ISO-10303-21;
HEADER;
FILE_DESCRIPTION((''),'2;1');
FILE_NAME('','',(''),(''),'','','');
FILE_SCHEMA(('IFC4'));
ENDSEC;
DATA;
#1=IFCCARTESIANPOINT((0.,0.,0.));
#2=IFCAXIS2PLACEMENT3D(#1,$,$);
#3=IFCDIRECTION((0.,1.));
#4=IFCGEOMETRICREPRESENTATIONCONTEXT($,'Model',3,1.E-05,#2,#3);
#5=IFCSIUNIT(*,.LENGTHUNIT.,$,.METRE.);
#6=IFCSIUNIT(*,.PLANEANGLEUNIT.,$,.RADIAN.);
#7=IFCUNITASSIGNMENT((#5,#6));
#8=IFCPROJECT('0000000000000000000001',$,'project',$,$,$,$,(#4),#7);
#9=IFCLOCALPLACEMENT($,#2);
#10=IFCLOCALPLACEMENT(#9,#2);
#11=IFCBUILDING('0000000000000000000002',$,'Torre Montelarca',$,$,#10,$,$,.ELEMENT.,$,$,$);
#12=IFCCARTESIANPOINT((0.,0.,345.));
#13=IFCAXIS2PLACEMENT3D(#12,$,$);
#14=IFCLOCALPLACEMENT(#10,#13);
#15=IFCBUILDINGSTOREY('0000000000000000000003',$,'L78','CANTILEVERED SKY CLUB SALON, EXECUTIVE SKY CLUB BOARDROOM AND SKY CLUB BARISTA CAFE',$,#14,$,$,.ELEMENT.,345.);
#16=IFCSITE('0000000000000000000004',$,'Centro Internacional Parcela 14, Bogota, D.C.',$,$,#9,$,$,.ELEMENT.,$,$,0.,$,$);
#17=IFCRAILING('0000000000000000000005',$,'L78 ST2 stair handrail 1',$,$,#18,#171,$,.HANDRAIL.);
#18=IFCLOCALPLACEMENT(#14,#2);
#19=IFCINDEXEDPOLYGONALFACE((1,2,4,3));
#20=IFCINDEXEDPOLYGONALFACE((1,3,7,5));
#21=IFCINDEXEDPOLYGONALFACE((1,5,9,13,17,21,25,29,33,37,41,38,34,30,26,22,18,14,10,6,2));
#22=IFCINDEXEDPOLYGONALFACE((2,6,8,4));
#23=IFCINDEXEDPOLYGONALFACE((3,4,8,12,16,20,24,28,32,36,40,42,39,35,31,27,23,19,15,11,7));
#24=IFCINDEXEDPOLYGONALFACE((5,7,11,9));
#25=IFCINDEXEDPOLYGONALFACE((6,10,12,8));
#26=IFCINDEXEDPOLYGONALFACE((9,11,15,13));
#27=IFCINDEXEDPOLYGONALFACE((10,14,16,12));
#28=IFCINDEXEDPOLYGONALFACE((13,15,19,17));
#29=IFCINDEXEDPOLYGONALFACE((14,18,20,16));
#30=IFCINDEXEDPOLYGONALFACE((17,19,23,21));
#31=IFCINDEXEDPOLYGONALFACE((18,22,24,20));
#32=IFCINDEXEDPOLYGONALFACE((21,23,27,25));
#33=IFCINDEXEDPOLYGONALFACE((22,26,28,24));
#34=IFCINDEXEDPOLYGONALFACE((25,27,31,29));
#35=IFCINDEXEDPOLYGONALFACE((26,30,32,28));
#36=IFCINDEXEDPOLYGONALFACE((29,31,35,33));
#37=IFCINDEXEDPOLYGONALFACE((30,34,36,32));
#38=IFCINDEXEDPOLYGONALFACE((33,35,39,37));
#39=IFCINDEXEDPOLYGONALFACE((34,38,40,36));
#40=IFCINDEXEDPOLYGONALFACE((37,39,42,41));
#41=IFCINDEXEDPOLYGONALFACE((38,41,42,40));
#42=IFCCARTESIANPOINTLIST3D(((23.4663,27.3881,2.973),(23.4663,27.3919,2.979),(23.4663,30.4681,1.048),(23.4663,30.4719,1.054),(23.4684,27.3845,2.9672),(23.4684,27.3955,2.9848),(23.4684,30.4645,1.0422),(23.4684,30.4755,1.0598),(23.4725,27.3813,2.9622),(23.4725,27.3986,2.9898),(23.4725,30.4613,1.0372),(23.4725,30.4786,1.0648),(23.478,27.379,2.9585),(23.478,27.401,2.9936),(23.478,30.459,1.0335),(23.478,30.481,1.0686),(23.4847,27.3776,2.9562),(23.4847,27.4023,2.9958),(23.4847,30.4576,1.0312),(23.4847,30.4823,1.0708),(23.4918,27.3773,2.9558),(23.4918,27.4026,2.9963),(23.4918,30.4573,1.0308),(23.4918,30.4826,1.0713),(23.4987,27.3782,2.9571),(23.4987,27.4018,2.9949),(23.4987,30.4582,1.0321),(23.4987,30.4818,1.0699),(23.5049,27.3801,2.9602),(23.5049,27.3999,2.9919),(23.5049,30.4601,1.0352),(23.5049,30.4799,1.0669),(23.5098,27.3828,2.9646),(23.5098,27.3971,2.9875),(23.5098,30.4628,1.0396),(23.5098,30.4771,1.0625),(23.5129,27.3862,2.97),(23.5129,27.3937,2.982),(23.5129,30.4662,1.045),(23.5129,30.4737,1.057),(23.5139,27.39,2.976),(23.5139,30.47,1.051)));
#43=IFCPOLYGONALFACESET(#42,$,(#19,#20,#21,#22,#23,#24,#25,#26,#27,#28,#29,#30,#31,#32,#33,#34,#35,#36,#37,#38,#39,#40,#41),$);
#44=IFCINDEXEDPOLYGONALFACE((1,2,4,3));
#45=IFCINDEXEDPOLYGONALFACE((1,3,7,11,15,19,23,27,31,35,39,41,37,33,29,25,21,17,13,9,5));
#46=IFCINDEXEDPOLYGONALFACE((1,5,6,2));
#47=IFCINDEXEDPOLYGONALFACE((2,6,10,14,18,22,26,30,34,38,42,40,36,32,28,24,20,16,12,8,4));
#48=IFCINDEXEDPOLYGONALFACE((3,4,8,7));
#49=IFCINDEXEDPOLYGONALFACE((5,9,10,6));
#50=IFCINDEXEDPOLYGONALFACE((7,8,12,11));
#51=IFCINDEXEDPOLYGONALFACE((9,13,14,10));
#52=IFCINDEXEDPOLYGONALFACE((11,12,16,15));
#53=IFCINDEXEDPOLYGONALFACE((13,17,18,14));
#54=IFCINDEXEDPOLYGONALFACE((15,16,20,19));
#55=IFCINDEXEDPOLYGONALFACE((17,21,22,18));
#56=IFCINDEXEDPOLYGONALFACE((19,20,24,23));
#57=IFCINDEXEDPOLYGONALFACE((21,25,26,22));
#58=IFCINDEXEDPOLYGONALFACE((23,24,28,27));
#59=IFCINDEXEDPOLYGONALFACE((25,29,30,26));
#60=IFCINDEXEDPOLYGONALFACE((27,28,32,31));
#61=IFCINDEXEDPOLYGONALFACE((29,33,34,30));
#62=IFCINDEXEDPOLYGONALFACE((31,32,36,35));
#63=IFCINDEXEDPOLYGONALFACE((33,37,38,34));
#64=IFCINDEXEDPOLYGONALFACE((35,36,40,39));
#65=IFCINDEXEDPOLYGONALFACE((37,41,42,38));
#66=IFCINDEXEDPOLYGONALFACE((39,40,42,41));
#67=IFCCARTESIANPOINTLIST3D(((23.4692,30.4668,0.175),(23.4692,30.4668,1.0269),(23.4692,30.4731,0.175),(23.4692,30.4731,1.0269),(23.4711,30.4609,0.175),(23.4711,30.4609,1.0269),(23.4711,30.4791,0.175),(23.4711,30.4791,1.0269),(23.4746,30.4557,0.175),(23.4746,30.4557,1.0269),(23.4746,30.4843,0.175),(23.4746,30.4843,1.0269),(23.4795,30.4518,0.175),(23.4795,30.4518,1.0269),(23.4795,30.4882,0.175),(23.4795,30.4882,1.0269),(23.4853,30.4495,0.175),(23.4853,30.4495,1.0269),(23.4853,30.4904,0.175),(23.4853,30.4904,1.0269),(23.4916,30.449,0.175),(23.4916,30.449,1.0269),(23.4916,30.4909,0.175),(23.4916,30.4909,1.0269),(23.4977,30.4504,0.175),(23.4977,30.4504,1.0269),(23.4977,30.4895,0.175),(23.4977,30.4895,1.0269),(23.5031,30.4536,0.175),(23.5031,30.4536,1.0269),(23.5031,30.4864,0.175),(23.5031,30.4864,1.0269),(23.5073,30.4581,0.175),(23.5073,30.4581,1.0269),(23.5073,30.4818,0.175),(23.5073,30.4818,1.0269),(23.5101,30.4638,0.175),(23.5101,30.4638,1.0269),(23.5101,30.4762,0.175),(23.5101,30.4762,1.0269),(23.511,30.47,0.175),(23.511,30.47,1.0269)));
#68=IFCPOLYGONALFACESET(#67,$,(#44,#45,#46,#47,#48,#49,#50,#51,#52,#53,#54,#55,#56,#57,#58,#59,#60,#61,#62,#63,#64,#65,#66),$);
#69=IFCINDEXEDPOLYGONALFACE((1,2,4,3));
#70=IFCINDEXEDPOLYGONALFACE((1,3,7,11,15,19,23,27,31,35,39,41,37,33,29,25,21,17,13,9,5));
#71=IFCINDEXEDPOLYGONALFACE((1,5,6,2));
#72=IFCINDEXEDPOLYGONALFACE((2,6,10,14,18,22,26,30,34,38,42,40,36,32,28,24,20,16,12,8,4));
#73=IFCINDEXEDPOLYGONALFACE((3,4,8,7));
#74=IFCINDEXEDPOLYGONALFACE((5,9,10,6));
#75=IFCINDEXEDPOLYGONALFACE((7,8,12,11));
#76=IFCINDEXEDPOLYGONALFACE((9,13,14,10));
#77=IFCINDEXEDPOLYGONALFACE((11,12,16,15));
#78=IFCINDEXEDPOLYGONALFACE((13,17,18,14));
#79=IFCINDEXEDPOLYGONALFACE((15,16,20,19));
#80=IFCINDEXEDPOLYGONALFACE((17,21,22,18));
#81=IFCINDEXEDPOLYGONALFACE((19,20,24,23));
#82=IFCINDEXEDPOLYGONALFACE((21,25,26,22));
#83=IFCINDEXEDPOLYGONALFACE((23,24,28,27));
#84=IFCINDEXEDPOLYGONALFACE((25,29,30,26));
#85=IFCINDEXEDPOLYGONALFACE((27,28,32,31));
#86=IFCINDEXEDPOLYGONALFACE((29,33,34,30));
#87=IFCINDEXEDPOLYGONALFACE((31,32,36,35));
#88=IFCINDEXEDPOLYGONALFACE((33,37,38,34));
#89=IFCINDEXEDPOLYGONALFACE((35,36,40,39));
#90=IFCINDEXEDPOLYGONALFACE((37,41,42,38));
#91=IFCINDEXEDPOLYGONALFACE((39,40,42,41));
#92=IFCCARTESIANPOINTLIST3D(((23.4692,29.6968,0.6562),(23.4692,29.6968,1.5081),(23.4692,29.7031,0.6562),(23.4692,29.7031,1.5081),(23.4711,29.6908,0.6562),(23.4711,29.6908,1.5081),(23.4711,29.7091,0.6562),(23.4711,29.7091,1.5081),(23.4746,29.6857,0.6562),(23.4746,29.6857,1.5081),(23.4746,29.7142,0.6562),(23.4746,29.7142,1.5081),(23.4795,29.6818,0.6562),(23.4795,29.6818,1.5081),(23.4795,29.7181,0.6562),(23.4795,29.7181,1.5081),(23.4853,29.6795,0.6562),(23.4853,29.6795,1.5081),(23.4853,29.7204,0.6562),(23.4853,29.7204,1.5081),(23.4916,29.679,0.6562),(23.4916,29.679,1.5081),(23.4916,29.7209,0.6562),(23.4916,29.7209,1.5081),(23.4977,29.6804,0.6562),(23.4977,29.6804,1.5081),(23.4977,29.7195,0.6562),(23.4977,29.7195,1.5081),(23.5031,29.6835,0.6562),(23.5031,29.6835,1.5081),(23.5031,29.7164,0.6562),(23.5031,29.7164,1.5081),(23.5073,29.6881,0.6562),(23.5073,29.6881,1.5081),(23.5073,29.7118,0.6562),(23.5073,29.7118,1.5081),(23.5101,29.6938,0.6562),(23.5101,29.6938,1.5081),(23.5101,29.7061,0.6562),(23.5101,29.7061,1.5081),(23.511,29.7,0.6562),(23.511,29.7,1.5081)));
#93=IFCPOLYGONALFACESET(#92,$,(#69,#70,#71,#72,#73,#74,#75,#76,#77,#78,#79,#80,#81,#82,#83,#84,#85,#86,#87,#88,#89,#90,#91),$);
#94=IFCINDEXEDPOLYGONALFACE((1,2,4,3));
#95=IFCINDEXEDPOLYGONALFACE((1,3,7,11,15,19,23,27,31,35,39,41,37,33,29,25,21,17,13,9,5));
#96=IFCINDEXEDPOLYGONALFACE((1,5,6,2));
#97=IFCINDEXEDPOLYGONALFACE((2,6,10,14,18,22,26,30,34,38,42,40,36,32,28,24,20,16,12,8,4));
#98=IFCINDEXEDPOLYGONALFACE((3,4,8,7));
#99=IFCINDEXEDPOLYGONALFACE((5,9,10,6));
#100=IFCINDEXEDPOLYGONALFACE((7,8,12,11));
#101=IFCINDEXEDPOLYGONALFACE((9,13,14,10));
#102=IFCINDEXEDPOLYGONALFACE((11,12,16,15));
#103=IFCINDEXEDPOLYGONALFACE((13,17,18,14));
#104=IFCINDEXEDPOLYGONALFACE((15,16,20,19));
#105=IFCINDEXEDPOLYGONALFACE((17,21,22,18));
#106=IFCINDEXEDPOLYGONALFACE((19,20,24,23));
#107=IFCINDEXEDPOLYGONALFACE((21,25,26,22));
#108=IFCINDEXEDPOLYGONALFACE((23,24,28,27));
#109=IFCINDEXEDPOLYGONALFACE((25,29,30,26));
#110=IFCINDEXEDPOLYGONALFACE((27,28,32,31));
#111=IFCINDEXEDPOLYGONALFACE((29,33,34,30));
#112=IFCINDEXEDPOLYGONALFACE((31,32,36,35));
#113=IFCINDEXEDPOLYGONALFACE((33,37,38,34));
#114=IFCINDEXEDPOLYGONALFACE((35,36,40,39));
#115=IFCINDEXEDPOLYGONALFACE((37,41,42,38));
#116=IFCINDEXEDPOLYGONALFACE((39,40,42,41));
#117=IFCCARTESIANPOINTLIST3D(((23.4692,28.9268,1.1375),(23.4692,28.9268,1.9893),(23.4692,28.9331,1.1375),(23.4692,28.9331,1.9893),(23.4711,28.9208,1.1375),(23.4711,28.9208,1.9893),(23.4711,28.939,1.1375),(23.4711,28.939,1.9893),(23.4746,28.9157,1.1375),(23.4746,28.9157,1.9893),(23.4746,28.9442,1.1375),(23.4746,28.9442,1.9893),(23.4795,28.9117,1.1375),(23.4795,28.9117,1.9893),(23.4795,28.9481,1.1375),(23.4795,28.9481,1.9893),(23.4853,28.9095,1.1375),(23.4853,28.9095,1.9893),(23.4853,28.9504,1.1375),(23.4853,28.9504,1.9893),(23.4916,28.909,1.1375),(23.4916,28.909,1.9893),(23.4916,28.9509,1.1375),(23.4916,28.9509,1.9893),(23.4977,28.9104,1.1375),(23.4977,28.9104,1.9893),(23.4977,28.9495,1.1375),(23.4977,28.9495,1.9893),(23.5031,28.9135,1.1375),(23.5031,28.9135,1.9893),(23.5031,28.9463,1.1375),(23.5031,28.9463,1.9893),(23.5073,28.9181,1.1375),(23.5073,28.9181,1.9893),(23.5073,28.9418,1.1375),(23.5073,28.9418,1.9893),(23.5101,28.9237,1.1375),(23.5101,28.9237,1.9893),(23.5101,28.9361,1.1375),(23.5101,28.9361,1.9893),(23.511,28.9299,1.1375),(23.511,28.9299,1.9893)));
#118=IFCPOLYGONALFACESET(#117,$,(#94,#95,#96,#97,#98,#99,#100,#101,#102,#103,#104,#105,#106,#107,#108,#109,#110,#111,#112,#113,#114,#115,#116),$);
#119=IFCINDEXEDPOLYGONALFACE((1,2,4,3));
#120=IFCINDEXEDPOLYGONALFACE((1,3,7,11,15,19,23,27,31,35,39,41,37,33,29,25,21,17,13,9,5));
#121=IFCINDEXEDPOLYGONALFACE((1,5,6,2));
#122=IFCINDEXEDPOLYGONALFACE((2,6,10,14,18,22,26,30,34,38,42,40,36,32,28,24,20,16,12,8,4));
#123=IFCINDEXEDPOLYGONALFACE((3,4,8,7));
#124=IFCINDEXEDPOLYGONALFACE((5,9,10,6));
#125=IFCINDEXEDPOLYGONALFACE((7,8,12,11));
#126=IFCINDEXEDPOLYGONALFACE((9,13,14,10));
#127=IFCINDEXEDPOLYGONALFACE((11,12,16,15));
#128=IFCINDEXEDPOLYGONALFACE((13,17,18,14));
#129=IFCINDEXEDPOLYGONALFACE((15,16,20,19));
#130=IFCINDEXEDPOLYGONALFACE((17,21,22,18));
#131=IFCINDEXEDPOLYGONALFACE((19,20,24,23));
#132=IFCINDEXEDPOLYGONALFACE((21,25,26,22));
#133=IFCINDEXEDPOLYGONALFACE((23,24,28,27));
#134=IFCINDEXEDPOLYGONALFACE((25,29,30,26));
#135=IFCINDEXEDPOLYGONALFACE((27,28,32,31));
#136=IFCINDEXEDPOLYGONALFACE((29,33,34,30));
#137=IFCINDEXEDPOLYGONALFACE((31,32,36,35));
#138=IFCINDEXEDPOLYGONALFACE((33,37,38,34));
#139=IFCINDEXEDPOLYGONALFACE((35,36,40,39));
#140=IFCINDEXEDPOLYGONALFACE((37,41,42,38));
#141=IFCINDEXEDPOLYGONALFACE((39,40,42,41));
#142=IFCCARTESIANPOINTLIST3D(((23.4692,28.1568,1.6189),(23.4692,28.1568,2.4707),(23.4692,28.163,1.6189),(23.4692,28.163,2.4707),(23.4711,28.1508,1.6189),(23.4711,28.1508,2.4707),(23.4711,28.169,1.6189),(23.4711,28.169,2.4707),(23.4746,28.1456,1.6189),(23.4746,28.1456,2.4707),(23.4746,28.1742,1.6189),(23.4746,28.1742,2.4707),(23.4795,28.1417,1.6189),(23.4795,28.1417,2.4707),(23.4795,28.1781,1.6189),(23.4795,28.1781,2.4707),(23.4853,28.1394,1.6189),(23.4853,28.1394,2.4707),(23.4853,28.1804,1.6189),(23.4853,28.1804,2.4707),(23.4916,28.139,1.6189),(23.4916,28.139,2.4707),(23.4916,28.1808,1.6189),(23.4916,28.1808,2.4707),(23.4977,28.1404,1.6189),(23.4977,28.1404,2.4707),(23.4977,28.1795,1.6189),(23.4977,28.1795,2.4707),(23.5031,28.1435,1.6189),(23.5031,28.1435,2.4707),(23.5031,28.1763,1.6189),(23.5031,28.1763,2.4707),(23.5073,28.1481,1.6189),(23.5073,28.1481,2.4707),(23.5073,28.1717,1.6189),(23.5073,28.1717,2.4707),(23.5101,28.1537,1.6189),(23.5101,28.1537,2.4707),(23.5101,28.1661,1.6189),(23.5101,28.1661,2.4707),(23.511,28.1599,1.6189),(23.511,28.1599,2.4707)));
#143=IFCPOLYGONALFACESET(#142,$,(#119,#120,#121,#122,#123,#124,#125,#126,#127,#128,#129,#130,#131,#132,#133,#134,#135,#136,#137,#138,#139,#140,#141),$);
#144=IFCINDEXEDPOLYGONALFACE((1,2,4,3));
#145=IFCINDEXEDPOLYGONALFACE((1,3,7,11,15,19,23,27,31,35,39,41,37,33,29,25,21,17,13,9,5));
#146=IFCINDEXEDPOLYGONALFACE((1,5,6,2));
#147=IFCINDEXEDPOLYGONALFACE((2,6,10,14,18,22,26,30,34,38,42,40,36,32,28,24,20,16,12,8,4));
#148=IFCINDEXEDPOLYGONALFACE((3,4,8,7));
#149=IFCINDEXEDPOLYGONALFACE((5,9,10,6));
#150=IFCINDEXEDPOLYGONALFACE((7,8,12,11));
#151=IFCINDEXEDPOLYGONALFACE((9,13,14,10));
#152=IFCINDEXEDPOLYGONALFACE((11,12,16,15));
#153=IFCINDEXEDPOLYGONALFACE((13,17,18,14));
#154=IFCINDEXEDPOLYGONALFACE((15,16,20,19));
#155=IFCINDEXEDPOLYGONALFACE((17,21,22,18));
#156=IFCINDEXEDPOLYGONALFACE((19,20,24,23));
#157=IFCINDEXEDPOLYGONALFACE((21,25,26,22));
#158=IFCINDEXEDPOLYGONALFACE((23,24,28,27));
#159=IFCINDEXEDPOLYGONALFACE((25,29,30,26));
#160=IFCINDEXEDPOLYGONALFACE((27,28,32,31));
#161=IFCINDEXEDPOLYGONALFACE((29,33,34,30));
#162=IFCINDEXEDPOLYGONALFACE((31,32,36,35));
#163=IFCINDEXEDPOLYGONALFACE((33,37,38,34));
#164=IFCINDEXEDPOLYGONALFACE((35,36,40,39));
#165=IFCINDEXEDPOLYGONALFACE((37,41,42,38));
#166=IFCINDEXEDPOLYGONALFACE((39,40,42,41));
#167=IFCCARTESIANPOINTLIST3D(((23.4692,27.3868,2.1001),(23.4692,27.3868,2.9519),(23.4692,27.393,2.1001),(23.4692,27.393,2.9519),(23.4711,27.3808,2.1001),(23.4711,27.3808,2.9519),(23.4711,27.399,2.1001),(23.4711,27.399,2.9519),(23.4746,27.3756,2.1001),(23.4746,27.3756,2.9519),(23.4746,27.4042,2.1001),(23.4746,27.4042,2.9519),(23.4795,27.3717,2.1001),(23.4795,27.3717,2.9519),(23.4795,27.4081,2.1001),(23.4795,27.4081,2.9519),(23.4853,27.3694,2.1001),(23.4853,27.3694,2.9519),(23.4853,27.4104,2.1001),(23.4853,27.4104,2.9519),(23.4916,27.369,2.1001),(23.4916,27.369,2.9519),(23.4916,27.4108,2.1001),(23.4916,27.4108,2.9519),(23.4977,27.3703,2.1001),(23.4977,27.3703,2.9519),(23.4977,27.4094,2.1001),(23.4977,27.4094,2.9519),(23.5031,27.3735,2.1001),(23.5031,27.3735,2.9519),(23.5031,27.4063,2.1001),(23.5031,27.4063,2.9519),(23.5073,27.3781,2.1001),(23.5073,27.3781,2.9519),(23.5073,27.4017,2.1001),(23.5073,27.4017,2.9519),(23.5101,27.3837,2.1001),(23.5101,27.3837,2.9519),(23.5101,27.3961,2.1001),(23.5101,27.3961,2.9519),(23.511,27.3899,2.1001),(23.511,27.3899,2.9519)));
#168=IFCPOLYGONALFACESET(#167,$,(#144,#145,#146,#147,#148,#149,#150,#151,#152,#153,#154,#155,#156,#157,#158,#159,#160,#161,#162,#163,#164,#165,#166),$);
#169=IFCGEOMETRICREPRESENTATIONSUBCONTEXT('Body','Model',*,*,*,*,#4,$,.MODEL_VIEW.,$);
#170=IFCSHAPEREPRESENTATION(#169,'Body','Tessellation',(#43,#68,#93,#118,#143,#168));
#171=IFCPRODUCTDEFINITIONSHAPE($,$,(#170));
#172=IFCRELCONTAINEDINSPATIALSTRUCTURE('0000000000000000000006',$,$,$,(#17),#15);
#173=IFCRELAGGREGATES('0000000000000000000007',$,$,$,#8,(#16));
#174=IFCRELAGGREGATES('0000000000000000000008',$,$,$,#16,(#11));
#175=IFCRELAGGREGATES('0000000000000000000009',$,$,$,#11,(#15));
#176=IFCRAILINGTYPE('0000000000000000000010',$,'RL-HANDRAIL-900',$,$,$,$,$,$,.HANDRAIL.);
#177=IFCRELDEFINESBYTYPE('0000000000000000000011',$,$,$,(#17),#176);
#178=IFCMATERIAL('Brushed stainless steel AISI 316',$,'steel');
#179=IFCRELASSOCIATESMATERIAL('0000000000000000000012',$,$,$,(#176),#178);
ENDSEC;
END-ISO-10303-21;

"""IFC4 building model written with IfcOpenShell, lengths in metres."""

from ifc_helpers import new_model, si_unit, direction, frame, origin, origin_2d, place, context, subcontext, project, spatial, circle, extrude, material, type_object, element, save


model = new_model("IFC4")

# Units and contexts
model_context = context("Model", 3, precision=1e-05, world=origin(), true_north=direction((0.0, 1.0)))
body_context = subcontext(model_context, "Body", "Model", "MODEL_VIEW")
ifc_project = project(units=[si_unit("LENGTHUNIT", "METRE"), si_unit("PLANEANGLEUNIT", "RADIAN")], contexts=[model_context])

# Site, building, storey
site_placement = place(None, origin())
site = spatial("IfcSite", under=ifc_project, at=site_placement, Name="Centro Internacional Parcela 14, Bogota, D.C.", CompositionType="ELEMENT", RefElevation=0.0)
building_placement = place(site_placement, origin())
building = spatial("IfcBuilding", under=site, at=building_placement, Name="Torre Montelarca", CompositionType="ELEMENT")
storey_placement = place(building_placement, frame((0.0, 0.0, 345.0)))
storey = spatial("IfcBuildingStorey", under=building, at=storey_placement, Name="L78", Description="CANTILEVERED SKY CLUB SALON, EXECUTIVE SKY CLUB BOARDROOM AND SKY CLUB BARISTA CAFE", CompositionType="ELEMENT", Elevation=345.0)

# Railing
ifc_material_1 = material(Name="Brushed stainless steel AISI 316", Category="steel")
railing_type_1 = type_object("IfcRailingType", Name="RL-HANDRAIL-900", PredefinedType="HANDRAIL", material=ifc_material_1)
railing_1_placement = place(storey_placement, frame((23.49, 30.47, 0.175)))
element("IfcRailing", 1, at=railing_1_placement, inside=storey, type_object=railing_type_1, Name="L78 ST2 stair handrail 1", PredefinedType="HANDRAIL", context=body_context, shape_type="SweptSolid", body=[
    extrude(circle(Radius=0.0239, at=origin_2d()), frame((0.0, 0.0, 0.876), z_axis=(0.0, -0.847998, 0.529999), x_axis=(1.0, 0.0, 0.0)), (0.0, 0.0, 1.0), 3.6321),
    extrude(circle(Radius=0.021, at=origin_2d()), origin(), (0.0, 0.0, 1.0), 0.8518),
    extrude(circle(Radius=0.021, at=origin_2d()), frame((0.0, -0.77, 0.4812)), (0.0, 0.0, 1.0), 0.8518),
    extrude(circle(Radius=0.021, at=origin_2d()), frame((0.0, -1.54, 0.9624)), (0.0, 0.0, 1.0), 0.8518),
    extrude(circle(Radius=0.021, at=origin_2d()), frame((0.0, -2.3101, 1.4438)), (0.0, 0.0, 1.0), 0.8518),
    extrude(circle(Radius=0.021, at=origin_2d()), frame((0.0, -3.0801, 1.925)), (0.0, 0.0, 1.0), 0.8518),
])

save(model, "model.ifc")
